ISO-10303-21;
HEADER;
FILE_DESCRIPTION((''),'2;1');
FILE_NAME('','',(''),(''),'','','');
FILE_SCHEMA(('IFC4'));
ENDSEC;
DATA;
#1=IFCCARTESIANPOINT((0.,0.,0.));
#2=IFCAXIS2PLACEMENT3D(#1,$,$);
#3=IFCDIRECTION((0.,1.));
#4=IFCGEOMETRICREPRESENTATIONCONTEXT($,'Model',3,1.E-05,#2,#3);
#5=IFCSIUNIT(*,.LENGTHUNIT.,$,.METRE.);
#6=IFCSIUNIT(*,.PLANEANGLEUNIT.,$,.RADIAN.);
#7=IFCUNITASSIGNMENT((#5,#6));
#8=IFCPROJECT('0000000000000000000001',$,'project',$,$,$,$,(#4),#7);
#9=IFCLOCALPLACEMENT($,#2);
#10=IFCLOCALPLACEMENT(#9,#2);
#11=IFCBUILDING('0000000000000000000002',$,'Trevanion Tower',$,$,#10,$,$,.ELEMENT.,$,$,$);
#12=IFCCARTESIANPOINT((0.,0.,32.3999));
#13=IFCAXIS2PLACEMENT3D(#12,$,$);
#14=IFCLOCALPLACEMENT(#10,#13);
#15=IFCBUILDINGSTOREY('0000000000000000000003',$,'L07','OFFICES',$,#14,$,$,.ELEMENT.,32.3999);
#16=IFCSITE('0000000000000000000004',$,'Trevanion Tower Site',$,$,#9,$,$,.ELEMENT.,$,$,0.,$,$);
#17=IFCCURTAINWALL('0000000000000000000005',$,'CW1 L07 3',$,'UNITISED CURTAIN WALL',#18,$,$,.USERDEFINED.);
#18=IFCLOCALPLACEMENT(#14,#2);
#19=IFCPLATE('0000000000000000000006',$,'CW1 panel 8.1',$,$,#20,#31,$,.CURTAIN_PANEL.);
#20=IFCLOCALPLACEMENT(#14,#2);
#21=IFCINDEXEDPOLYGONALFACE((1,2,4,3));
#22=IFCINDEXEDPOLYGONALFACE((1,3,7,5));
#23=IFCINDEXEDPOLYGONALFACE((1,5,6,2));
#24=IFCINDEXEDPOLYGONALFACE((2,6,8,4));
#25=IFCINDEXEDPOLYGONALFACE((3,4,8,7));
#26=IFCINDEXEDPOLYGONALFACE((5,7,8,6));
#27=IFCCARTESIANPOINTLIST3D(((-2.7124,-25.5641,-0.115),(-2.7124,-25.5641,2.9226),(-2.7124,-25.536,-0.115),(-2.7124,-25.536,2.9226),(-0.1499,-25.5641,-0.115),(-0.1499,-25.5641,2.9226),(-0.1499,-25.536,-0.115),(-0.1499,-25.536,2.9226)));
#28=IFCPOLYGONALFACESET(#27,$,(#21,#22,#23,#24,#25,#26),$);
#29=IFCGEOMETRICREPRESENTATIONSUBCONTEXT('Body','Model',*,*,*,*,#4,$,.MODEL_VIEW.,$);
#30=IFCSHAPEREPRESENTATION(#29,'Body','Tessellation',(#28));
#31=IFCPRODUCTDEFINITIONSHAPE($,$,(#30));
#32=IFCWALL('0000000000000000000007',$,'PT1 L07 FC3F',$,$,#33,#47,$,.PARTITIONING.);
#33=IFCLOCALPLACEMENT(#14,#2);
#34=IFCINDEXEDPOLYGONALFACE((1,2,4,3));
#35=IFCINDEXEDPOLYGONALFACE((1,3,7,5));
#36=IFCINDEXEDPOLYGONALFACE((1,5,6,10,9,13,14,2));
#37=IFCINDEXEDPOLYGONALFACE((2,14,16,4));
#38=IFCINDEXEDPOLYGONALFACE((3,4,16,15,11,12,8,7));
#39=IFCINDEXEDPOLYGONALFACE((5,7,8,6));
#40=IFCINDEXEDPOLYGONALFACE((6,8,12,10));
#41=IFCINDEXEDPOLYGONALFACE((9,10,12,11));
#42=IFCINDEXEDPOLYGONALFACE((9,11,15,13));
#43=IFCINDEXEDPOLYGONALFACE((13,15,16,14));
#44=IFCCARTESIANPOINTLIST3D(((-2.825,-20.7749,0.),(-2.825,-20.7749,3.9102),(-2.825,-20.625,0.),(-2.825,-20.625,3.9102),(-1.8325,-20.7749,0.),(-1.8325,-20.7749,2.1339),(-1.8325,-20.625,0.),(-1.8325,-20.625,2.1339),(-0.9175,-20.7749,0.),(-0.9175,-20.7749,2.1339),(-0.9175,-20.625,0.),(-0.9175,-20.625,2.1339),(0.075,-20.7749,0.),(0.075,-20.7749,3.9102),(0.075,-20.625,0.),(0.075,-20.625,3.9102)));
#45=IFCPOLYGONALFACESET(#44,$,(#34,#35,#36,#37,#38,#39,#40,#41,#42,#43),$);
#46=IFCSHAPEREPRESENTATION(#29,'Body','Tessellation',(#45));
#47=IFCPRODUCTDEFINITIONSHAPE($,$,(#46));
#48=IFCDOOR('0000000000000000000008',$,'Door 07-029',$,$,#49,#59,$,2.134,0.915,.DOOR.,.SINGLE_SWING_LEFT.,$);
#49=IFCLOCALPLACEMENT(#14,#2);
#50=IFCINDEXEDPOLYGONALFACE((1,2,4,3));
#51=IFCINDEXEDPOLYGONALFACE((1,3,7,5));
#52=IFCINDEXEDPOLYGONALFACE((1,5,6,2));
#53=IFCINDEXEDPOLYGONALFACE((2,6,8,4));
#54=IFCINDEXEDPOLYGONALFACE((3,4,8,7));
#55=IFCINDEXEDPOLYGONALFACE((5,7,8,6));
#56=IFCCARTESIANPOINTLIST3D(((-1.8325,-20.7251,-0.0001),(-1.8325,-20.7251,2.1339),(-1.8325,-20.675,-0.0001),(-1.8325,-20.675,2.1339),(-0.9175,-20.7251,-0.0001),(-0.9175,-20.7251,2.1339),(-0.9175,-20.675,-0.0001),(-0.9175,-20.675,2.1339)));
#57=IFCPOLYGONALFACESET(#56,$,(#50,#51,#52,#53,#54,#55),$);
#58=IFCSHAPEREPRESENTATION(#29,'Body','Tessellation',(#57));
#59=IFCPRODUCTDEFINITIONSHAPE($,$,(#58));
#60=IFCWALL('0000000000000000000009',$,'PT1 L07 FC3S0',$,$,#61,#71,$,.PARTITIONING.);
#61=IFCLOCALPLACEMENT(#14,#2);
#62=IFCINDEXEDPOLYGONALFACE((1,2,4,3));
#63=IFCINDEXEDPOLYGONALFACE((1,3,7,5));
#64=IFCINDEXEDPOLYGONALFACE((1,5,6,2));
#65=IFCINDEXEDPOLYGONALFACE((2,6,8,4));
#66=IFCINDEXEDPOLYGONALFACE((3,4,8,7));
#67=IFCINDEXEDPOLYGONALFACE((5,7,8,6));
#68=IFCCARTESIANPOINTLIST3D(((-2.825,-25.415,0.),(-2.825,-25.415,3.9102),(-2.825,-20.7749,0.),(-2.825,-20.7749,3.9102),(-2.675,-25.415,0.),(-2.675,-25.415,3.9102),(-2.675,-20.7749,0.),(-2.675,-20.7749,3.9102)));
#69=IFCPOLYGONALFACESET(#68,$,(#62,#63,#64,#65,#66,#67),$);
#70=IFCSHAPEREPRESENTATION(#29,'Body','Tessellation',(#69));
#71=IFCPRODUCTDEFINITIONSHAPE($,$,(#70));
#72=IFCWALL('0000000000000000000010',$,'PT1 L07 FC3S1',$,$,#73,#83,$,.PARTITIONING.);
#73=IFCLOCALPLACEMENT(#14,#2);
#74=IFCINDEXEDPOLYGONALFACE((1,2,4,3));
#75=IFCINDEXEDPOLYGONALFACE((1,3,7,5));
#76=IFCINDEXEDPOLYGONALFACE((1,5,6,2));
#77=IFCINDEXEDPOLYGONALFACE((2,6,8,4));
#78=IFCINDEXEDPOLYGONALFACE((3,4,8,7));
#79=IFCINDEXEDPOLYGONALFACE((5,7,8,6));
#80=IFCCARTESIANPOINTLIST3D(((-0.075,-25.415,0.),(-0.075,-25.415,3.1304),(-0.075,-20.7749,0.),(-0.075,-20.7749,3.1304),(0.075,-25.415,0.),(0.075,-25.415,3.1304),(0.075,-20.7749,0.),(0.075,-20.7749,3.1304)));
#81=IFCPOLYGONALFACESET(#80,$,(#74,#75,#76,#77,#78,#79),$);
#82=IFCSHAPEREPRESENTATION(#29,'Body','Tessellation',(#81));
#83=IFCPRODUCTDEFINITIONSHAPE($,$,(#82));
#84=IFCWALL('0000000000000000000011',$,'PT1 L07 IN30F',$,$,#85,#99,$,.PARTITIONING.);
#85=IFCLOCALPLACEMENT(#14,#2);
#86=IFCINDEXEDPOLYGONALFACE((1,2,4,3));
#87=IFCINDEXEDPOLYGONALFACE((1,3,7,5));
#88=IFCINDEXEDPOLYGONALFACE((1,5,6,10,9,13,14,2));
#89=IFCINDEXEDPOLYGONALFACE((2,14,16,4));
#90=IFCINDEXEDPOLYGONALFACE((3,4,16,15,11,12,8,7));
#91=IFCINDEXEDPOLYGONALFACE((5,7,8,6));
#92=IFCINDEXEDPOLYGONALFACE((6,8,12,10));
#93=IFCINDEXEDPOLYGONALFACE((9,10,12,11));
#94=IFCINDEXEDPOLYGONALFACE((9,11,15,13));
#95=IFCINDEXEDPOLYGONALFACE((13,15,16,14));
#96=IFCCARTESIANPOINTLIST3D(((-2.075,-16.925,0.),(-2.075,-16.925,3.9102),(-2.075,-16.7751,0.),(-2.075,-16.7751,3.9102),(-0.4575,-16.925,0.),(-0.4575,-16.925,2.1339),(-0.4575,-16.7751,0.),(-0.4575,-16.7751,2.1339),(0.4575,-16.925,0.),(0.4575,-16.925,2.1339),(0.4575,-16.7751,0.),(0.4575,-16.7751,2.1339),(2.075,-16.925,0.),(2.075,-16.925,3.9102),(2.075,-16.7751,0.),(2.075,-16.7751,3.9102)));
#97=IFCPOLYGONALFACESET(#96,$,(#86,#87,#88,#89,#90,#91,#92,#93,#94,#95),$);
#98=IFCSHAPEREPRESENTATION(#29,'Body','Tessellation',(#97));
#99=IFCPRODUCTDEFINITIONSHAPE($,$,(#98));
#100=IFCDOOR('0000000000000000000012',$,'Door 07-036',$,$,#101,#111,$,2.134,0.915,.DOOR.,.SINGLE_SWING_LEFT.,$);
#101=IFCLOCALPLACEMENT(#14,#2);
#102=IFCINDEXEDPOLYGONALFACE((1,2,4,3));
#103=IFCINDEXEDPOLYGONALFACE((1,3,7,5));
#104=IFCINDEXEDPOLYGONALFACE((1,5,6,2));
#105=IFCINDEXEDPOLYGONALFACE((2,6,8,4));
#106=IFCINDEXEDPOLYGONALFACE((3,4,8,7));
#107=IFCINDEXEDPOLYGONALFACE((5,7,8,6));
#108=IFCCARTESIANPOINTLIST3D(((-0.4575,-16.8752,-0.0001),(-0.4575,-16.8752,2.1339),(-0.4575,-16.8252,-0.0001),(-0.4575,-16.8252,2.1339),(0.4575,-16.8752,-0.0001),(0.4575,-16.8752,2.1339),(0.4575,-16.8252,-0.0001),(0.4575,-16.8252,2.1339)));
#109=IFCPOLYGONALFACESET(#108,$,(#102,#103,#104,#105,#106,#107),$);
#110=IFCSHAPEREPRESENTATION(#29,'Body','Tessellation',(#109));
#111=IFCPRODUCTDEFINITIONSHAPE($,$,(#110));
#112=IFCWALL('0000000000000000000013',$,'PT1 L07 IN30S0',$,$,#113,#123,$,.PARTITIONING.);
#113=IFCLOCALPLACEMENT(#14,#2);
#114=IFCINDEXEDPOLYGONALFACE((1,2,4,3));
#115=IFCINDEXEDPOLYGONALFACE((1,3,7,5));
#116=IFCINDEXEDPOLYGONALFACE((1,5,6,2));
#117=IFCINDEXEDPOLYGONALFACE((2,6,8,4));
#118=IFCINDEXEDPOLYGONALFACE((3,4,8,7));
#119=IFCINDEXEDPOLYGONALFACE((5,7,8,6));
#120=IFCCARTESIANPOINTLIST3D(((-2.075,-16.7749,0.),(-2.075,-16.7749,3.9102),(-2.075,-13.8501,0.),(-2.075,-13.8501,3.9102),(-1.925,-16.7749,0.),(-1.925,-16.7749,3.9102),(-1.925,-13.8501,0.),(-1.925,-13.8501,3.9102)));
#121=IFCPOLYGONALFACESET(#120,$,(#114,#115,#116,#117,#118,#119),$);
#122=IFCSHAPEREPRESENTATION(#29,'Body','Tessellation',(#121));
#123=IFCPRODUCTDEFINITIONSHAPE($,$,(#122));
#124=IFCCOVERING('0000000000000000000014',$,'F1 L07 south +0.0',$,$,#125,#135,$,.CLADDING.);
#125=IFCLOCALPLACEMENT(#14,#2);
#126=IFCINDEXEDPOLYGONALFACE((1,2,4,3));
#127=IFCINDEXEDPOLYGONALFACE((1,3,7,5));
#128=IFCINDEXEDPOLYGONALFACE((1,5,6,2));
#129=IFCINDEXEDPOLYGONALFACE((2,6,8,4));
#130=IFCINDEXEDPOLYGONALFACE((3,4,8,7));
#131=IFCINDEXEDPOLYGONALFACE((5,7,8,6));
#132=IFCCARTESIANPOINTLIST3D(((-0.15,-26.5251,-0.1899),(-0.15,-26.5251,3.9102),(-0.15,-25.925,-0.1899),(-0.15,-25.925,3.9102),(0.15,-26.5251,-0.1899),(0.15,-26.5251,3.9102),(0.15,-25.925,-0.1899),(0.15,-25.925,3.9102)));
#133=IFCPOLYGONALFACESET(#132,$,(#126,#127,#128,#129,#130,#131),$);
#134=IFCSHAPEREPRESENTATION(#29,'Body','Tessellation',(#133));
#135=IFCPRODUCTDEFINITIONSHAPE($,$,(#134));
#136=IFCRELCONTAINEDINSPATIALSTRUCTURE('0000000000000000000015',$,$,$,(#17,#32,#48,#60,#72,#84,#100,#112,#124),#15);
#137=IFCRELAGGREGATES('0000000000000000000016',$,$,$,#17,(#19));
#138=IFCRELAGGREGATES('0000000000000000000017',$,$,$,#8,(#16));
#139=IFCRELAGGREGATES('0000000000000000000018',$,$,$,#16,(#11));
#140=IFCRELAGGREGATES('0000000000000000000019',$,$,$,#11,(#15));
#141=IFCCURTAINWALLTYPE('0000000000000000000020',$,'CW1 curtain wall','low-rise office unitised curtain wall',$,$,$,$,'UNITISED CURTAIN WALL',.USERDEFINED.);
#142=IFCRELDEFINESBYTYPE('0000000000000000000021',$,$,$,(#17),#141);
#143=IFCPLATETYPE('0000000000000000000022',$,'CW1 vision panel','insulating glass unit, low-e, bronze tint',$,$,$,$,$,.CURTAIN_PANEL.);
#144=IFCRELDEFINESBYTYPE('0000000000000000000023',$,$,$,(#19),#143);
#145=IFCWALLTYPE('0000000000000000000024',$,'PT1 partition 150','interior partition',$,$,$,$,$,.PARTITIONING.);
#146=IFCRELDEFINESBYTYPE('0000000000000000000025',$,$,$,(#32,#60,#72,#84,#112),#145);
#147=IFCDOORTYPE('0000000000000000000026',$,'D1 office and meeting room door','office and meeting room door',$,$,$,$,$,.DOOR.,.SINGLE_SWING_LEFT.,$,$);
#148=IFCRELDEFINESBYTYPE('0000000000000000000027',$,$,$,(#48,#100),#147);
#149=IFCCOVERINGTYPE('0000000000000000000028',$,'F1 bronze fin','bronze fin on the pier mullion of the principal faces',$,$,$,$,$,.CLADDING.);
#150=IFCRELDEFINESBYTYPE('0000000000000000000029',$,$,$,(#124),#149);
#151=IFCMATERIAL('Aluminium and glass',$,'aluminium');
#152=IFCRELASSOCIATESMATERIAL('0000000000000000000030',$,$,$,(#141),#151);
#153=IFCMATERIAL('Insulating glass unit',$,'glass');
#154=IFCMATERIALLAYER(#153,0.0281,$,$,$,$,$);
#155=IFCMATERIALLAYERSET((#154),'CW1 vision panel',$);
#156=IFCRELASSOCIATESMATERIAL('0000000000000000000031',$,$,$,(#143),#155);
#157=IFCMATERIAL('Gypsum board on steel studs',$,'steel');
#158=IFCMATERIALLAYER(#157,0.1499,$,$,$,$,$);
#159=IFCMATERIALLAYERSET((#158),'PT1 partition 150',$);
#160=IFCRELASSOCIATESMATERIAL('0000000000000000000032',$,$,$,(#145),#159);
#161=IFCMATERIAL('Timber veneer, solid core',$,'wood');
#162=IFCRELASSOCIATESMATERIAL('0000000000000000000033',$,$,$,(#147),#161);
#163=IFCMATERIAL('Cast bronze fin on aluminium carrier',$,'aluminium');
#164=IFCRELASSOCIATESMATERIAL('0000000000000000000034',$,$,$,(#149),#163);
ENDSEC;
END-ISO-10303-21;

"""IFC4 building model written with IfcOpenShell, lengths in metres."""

from ifc_helpers import new_model, si_unit, direction, frame, frame_2d, origin, origin_2d, place, context, subcontext, project, spatial, rectangle, extrude, material, layer, layer_set, type_object, element, fill, aggregate, save


model = new_model("IFC4")

# Units and contexts
model_context = context("Model", 3, precision=1e-05, world=origin(), true_north=direction((0.0, 1.0)))
body_context = subcontext(model_context, "Body", "Model", "MODEL_VIEW")
ifc_project = project(units=[si_unit("LENGTHUNIT", "METRE"), si_unit("PLANEANGLEUNIT", "RADIAN")], contexts=[model_context])

# Site, building, storey
site_placement = place(None, origin())
site = spatial("IfcSite", under=ifc_project, at=site_placement, Name="Trevanion Tower Site", CompositionType="ELEMENT", RefElevation=0.0)
building_placement = place(site_placement, origin())
building = spatial("IfcBuilding", under=site, at=building_placement, Name="Trevanion Tower", CompositionType="ELEMENT")
storey_placement = place(building_placement, frame((0.0, 0.0, 32.3999)))
storey = spatial("IfcBuildingStorey", under=building, at=storey_placement, Name="L07", Description="OFFICES", CompositionType="ELEMENT", Elevation=32.3999)

# Curtain wall
ifc_material_1 = material(Name="Aluminium and glass", Category="aluminium")
curtain_wall_type = type_object("IfcCurtainWallType", Name="CW1 curtain wall", Description="low-rise office unitised curtain wall", ElementType="UNITISED CURTAIN WALL", PredefinedType="USERDEFINED", material=ifc_material_1)
curtain_wall_placement = place(storey_placement, origin())
curtain_wall = element("IfcCurtainWall", 1, at=curtain_wall_placement, inside=storey, type_object=curtain_wall_type, Name="CW1 L07 3", ObjectType="UNITISED CURTAIN WALL", PredefinedType="USERDEFINED")

# Plate
ifc_material_2 = material(Name="Insulating glass unit", Category="glass")
ifc_layer_1 = layer(ifc_material_2, 0.0281)
ifc_layer_set_1 = layer_set([ifc_layer_1], Name="CW1 vision panel")
plate_type_1 = type_object("IfcPlateType", Name="CW1 vision panel", Description="insulating glass unit, low-e, bronze tint", PredefinedType="CURTAIN_PANEL", material=ifc_layer_set_1)
plate_1_placement = place(storey_placement, frame((-1.4312, -25.55, -0.115), z_axis=(0.0, 0.0, 1.0), x_axis=(1.0, 0.0, 0.0)))
plate_1 = element("IfcPlate", 2, at=plate_1_placement, type_object=plate_type_1, Name="CW1 panel 8.1", PredefinedType="CURTAIN_PANEL", context=body_context, shape_type="SweptSolid", body=[
    extrude(rectangle(XDim=2.5625, YDim=0.0281, at=origin_2d()), origin(), (0.0, 0.0, 1.0), 3.0376),
])
aggregate(curtain_wall, [plate_1])

# Wall, opening, door
ifc_material_3 = material(Name="Gypsum board on steel studs", Category="steel")
ifc_layer_2 = layer(ifc_material_3, 0.1499)
ifc_layer_set_2 = layer_set([ifc_layer_2], Name="PT1 partition 150")
wall_type = type_object("IfcWallType", Name="PT1 partition 150", Description="interior partition", PredefinedType="PARTITIONING", material=ifc_layer_set_2)
wall_1_placement = place(storey_placement, frame((-2.825, -20.7, 0.0), z_axis=(0.0, 0.0, 1.0), x_axis=(1.0, 0.0, 0.0)))
wall_1 = element("IfcWall", 3, at=wall_1_placement, inside=storey, type_object=wall_type, Name="PT1 L07 FC3F", PredefinedType="PARTITIONING", context=body_context, shape_type="SweptSolid", body=[
    extrude(rectangle(XDim=2.8999, YDim=0.1499, at=frame_2d((1.45, 0.0))), origin(), (0.0, 0.0, 1.0), 3.9102),
])
opening_1_placement = place(wall_1_placement, frame((0.9924, 0.0, 0.0)))
opening_1 = element("IfcOpeningElement", 4, at=opening_1_placement, cuts=wall_1, PredefinedType="OPENING", context=body_context, shape_type="SweptSolid", body=[
    extrude(rectangle(XDim=0.915, YDim=2.134, at=frame_2d((0.4575, 1.0669))), frame((0.0, 0.085, 0.0), z_axis=(0.0, -1.0, 0.0), x_axis=(1.0, 0.0, 0.0)), (0.0, 0.0, 1.0), 0.1699),
])
ifc_material_4 = material(Name="Timber veneer, solid core", Category="wood")
door_type = type_object("IfcDoorType", Name="D1 office and meeting room door", Description="office and meeting room door", OperationType="SINGLE_SWING_LEFT", PredefinedType="DOOR", material=ifc_material_4)
door_1_placement = place(opening_1_placement, origin())
door_1 = element("IfcDoor", 5, at=door_1_placement, inside=storey, type_object=door_type, Name="Door 07-029", OperationType="SINGLE_SWING_LEFT", OverallHeight=2.134, OverallWidth=0.915, PredefinedType="DOOR", context=body_context, shape_type="SweptSolid", body=[
    extrude(rectangle(XDim=0.915, YDim=2.134, at=frame_2d((0.4575, 1.0669))), frame((0.0, 0.0249, 0.0), z_axis=(0.0, -1.0, 0.0), x_axis=(1.0, 0.0, 0.0)), (0.0, 0.0, 1.0), 0.05),
])
fill(opening_1, door_1)

# Walls
wall_2_placement = place(storey_placement, frame((-2.75, -20.7749, 0.0), z_axis=(0.0, 0.0, 1.0), x_axis=(0.0, -1.0, 0.0)))
element("IfcWall", 6, at=wall_2_placement, inside=storey, type_object=wall_type, Name="PT1 L07 FC3S0", PredefinedType="PARTITIONING", context=body_context, shape_type="SweptSolid", body=[
    extrude(rectangle(XDim=4.6401, YDim=0.1499, at=frame_2d((2.3201, 0.0))), origin(), (0.0, 0.0, 1.0), 3.9102),
])
wall_3_placement = place(storey_placement, frame((0.0, -20.7749, 0.0), z_axis=(0.0, 0.0, 1.0), x_axis=(0.0, -1.0, 0.0)))
element("IfcWall", 7, at=wall_3_placement, inside=storey, type_object=wall_type, Name="PT1 L07 FC3S1", PredefinedType="PARTITIONING", context=body_context, shape_type="SweptSolid", body=[
    extrude(rectangle(XDim=4.6401, YDim=0.1499, at=frame_2d((2.3201, 0.0))), origin(), (0.0, 0.0, 1.0), 3.1304),
])

# Wall, opening, door
wall_4_placement = place(storey_placement, frame((-2.075, -16.8501, 0.0), z_axis=(0.0, 0.0, 1.0), x_axis=(1.0, 0.0, 0.0)))
wall_4 = element("IfcWall", 8, at=wall_4_placement, inside=storey, type_object=wall_type, Name="PT1 L07 IN30F", PredefinedType="PARTITIONING", context=body_context, shape_type="SweptSolid", body=[
    extrude(rectangle(XDim=4.1499, YDim=0.1499, at=frame_2d((2.075, 0.0))), origin(), (0.0, 0.0, 1.0), 3.9102),
])
opening_2_placement = place(wall_4_placement, frame((1.6174, 0.0, 0.0)))
opening_2 = element("IfcOpeningElement", 9, at=opening_2_placement, cuts=wall_4, PredefinedType="OPENING", context=body_context, shape_type="SweptSolid", body=[
    extrude(rectangle(XDim=0.915, YDim=2.134, at=frame_2d((0.4575, 1.0669))), frame((0.0, 0.085, 0.0), z_axis=(0.0, -1.0, 0.0), x_axis=(1.0, 0.0, 0.0)), (0.0, 0.0, 1.0), 0.1699),
])
door_2_placement = place(opening_2_placement, origin())
door_2 = element("IfcDoor", 10, at=door_2_placement, inside=storey, type_object=door_type, Name="Door 07-036", OperationType="SINGLE_SWING_LEFT", OverallHeight=2.134, OverallWidth=0.915, PredefinedType="DOOR", context=body_context, shape_type="SweptSolid", body=[
    extrude(rectangle(XDim=0.915, YDim=2.134, at=frame_2d((0.4575, 1.0669))), frame((0.0, 0.0249, 0.0), z_axis=(0.0, -1.0, 0.0), x_axis=(1.0, 0.0, 0.0)), (0.0, 0.0, 1.0), 0.05),
])
fill(opening_2, door_2)

# Wall
wall_5_placement = place(storey_placement, frame((-2.0, -16.7749, 0.0), z_axis=(0.0, 0.0, 1.0), x_axis=(0.0, 1.0, 0.0)))
element("IfcWall", 11, at=wall_5_placement, inside=storey, type_object=wall_type, Name="PT1 L07 IN30S0", PredefinedType="PARTITIONING", context=body_context, shape_type="SweptSolid", body=[
    extrude(rectangle(XDim=2.9248, YDim=0.1499, at=frame_2d((1.4624, 0.0))), origin(), (0.0, 0.0, 1.0), 3.9102),
])

# Covering
ifc_material_5 = material(Name="Cast bronze fin on aluminium carrier", Category="aluminium")
covering_type = type_object("IfcCoveringType", Name="F1 bronze fin", Description="bronze fin on the pier mullion of the principal faces", PredefinedType="CLADDING", material=ifc_material_5)
covering_placement = place(storey_placement, frame((0.0, -26.2251, -0.1899), z_axis=(0.0, 0.0, 1.0), x_axis=(1.0, 0.0, 0.0)))
element("IfcCovering", 12, at=covering_placement, inside=storey, type_object=covering_type, Name="F1 L07 south +0.0", PredefinedType="CLADDING", context=body_context, shape_type="SweptSolid", body=[
    extrude(rectangle(XDim=0.3, YDim=0.6001, at=origin_2d()), origin(), (0.0, 0.0, 1.0), 4.1001),
])

save(model, "model.ifc")
